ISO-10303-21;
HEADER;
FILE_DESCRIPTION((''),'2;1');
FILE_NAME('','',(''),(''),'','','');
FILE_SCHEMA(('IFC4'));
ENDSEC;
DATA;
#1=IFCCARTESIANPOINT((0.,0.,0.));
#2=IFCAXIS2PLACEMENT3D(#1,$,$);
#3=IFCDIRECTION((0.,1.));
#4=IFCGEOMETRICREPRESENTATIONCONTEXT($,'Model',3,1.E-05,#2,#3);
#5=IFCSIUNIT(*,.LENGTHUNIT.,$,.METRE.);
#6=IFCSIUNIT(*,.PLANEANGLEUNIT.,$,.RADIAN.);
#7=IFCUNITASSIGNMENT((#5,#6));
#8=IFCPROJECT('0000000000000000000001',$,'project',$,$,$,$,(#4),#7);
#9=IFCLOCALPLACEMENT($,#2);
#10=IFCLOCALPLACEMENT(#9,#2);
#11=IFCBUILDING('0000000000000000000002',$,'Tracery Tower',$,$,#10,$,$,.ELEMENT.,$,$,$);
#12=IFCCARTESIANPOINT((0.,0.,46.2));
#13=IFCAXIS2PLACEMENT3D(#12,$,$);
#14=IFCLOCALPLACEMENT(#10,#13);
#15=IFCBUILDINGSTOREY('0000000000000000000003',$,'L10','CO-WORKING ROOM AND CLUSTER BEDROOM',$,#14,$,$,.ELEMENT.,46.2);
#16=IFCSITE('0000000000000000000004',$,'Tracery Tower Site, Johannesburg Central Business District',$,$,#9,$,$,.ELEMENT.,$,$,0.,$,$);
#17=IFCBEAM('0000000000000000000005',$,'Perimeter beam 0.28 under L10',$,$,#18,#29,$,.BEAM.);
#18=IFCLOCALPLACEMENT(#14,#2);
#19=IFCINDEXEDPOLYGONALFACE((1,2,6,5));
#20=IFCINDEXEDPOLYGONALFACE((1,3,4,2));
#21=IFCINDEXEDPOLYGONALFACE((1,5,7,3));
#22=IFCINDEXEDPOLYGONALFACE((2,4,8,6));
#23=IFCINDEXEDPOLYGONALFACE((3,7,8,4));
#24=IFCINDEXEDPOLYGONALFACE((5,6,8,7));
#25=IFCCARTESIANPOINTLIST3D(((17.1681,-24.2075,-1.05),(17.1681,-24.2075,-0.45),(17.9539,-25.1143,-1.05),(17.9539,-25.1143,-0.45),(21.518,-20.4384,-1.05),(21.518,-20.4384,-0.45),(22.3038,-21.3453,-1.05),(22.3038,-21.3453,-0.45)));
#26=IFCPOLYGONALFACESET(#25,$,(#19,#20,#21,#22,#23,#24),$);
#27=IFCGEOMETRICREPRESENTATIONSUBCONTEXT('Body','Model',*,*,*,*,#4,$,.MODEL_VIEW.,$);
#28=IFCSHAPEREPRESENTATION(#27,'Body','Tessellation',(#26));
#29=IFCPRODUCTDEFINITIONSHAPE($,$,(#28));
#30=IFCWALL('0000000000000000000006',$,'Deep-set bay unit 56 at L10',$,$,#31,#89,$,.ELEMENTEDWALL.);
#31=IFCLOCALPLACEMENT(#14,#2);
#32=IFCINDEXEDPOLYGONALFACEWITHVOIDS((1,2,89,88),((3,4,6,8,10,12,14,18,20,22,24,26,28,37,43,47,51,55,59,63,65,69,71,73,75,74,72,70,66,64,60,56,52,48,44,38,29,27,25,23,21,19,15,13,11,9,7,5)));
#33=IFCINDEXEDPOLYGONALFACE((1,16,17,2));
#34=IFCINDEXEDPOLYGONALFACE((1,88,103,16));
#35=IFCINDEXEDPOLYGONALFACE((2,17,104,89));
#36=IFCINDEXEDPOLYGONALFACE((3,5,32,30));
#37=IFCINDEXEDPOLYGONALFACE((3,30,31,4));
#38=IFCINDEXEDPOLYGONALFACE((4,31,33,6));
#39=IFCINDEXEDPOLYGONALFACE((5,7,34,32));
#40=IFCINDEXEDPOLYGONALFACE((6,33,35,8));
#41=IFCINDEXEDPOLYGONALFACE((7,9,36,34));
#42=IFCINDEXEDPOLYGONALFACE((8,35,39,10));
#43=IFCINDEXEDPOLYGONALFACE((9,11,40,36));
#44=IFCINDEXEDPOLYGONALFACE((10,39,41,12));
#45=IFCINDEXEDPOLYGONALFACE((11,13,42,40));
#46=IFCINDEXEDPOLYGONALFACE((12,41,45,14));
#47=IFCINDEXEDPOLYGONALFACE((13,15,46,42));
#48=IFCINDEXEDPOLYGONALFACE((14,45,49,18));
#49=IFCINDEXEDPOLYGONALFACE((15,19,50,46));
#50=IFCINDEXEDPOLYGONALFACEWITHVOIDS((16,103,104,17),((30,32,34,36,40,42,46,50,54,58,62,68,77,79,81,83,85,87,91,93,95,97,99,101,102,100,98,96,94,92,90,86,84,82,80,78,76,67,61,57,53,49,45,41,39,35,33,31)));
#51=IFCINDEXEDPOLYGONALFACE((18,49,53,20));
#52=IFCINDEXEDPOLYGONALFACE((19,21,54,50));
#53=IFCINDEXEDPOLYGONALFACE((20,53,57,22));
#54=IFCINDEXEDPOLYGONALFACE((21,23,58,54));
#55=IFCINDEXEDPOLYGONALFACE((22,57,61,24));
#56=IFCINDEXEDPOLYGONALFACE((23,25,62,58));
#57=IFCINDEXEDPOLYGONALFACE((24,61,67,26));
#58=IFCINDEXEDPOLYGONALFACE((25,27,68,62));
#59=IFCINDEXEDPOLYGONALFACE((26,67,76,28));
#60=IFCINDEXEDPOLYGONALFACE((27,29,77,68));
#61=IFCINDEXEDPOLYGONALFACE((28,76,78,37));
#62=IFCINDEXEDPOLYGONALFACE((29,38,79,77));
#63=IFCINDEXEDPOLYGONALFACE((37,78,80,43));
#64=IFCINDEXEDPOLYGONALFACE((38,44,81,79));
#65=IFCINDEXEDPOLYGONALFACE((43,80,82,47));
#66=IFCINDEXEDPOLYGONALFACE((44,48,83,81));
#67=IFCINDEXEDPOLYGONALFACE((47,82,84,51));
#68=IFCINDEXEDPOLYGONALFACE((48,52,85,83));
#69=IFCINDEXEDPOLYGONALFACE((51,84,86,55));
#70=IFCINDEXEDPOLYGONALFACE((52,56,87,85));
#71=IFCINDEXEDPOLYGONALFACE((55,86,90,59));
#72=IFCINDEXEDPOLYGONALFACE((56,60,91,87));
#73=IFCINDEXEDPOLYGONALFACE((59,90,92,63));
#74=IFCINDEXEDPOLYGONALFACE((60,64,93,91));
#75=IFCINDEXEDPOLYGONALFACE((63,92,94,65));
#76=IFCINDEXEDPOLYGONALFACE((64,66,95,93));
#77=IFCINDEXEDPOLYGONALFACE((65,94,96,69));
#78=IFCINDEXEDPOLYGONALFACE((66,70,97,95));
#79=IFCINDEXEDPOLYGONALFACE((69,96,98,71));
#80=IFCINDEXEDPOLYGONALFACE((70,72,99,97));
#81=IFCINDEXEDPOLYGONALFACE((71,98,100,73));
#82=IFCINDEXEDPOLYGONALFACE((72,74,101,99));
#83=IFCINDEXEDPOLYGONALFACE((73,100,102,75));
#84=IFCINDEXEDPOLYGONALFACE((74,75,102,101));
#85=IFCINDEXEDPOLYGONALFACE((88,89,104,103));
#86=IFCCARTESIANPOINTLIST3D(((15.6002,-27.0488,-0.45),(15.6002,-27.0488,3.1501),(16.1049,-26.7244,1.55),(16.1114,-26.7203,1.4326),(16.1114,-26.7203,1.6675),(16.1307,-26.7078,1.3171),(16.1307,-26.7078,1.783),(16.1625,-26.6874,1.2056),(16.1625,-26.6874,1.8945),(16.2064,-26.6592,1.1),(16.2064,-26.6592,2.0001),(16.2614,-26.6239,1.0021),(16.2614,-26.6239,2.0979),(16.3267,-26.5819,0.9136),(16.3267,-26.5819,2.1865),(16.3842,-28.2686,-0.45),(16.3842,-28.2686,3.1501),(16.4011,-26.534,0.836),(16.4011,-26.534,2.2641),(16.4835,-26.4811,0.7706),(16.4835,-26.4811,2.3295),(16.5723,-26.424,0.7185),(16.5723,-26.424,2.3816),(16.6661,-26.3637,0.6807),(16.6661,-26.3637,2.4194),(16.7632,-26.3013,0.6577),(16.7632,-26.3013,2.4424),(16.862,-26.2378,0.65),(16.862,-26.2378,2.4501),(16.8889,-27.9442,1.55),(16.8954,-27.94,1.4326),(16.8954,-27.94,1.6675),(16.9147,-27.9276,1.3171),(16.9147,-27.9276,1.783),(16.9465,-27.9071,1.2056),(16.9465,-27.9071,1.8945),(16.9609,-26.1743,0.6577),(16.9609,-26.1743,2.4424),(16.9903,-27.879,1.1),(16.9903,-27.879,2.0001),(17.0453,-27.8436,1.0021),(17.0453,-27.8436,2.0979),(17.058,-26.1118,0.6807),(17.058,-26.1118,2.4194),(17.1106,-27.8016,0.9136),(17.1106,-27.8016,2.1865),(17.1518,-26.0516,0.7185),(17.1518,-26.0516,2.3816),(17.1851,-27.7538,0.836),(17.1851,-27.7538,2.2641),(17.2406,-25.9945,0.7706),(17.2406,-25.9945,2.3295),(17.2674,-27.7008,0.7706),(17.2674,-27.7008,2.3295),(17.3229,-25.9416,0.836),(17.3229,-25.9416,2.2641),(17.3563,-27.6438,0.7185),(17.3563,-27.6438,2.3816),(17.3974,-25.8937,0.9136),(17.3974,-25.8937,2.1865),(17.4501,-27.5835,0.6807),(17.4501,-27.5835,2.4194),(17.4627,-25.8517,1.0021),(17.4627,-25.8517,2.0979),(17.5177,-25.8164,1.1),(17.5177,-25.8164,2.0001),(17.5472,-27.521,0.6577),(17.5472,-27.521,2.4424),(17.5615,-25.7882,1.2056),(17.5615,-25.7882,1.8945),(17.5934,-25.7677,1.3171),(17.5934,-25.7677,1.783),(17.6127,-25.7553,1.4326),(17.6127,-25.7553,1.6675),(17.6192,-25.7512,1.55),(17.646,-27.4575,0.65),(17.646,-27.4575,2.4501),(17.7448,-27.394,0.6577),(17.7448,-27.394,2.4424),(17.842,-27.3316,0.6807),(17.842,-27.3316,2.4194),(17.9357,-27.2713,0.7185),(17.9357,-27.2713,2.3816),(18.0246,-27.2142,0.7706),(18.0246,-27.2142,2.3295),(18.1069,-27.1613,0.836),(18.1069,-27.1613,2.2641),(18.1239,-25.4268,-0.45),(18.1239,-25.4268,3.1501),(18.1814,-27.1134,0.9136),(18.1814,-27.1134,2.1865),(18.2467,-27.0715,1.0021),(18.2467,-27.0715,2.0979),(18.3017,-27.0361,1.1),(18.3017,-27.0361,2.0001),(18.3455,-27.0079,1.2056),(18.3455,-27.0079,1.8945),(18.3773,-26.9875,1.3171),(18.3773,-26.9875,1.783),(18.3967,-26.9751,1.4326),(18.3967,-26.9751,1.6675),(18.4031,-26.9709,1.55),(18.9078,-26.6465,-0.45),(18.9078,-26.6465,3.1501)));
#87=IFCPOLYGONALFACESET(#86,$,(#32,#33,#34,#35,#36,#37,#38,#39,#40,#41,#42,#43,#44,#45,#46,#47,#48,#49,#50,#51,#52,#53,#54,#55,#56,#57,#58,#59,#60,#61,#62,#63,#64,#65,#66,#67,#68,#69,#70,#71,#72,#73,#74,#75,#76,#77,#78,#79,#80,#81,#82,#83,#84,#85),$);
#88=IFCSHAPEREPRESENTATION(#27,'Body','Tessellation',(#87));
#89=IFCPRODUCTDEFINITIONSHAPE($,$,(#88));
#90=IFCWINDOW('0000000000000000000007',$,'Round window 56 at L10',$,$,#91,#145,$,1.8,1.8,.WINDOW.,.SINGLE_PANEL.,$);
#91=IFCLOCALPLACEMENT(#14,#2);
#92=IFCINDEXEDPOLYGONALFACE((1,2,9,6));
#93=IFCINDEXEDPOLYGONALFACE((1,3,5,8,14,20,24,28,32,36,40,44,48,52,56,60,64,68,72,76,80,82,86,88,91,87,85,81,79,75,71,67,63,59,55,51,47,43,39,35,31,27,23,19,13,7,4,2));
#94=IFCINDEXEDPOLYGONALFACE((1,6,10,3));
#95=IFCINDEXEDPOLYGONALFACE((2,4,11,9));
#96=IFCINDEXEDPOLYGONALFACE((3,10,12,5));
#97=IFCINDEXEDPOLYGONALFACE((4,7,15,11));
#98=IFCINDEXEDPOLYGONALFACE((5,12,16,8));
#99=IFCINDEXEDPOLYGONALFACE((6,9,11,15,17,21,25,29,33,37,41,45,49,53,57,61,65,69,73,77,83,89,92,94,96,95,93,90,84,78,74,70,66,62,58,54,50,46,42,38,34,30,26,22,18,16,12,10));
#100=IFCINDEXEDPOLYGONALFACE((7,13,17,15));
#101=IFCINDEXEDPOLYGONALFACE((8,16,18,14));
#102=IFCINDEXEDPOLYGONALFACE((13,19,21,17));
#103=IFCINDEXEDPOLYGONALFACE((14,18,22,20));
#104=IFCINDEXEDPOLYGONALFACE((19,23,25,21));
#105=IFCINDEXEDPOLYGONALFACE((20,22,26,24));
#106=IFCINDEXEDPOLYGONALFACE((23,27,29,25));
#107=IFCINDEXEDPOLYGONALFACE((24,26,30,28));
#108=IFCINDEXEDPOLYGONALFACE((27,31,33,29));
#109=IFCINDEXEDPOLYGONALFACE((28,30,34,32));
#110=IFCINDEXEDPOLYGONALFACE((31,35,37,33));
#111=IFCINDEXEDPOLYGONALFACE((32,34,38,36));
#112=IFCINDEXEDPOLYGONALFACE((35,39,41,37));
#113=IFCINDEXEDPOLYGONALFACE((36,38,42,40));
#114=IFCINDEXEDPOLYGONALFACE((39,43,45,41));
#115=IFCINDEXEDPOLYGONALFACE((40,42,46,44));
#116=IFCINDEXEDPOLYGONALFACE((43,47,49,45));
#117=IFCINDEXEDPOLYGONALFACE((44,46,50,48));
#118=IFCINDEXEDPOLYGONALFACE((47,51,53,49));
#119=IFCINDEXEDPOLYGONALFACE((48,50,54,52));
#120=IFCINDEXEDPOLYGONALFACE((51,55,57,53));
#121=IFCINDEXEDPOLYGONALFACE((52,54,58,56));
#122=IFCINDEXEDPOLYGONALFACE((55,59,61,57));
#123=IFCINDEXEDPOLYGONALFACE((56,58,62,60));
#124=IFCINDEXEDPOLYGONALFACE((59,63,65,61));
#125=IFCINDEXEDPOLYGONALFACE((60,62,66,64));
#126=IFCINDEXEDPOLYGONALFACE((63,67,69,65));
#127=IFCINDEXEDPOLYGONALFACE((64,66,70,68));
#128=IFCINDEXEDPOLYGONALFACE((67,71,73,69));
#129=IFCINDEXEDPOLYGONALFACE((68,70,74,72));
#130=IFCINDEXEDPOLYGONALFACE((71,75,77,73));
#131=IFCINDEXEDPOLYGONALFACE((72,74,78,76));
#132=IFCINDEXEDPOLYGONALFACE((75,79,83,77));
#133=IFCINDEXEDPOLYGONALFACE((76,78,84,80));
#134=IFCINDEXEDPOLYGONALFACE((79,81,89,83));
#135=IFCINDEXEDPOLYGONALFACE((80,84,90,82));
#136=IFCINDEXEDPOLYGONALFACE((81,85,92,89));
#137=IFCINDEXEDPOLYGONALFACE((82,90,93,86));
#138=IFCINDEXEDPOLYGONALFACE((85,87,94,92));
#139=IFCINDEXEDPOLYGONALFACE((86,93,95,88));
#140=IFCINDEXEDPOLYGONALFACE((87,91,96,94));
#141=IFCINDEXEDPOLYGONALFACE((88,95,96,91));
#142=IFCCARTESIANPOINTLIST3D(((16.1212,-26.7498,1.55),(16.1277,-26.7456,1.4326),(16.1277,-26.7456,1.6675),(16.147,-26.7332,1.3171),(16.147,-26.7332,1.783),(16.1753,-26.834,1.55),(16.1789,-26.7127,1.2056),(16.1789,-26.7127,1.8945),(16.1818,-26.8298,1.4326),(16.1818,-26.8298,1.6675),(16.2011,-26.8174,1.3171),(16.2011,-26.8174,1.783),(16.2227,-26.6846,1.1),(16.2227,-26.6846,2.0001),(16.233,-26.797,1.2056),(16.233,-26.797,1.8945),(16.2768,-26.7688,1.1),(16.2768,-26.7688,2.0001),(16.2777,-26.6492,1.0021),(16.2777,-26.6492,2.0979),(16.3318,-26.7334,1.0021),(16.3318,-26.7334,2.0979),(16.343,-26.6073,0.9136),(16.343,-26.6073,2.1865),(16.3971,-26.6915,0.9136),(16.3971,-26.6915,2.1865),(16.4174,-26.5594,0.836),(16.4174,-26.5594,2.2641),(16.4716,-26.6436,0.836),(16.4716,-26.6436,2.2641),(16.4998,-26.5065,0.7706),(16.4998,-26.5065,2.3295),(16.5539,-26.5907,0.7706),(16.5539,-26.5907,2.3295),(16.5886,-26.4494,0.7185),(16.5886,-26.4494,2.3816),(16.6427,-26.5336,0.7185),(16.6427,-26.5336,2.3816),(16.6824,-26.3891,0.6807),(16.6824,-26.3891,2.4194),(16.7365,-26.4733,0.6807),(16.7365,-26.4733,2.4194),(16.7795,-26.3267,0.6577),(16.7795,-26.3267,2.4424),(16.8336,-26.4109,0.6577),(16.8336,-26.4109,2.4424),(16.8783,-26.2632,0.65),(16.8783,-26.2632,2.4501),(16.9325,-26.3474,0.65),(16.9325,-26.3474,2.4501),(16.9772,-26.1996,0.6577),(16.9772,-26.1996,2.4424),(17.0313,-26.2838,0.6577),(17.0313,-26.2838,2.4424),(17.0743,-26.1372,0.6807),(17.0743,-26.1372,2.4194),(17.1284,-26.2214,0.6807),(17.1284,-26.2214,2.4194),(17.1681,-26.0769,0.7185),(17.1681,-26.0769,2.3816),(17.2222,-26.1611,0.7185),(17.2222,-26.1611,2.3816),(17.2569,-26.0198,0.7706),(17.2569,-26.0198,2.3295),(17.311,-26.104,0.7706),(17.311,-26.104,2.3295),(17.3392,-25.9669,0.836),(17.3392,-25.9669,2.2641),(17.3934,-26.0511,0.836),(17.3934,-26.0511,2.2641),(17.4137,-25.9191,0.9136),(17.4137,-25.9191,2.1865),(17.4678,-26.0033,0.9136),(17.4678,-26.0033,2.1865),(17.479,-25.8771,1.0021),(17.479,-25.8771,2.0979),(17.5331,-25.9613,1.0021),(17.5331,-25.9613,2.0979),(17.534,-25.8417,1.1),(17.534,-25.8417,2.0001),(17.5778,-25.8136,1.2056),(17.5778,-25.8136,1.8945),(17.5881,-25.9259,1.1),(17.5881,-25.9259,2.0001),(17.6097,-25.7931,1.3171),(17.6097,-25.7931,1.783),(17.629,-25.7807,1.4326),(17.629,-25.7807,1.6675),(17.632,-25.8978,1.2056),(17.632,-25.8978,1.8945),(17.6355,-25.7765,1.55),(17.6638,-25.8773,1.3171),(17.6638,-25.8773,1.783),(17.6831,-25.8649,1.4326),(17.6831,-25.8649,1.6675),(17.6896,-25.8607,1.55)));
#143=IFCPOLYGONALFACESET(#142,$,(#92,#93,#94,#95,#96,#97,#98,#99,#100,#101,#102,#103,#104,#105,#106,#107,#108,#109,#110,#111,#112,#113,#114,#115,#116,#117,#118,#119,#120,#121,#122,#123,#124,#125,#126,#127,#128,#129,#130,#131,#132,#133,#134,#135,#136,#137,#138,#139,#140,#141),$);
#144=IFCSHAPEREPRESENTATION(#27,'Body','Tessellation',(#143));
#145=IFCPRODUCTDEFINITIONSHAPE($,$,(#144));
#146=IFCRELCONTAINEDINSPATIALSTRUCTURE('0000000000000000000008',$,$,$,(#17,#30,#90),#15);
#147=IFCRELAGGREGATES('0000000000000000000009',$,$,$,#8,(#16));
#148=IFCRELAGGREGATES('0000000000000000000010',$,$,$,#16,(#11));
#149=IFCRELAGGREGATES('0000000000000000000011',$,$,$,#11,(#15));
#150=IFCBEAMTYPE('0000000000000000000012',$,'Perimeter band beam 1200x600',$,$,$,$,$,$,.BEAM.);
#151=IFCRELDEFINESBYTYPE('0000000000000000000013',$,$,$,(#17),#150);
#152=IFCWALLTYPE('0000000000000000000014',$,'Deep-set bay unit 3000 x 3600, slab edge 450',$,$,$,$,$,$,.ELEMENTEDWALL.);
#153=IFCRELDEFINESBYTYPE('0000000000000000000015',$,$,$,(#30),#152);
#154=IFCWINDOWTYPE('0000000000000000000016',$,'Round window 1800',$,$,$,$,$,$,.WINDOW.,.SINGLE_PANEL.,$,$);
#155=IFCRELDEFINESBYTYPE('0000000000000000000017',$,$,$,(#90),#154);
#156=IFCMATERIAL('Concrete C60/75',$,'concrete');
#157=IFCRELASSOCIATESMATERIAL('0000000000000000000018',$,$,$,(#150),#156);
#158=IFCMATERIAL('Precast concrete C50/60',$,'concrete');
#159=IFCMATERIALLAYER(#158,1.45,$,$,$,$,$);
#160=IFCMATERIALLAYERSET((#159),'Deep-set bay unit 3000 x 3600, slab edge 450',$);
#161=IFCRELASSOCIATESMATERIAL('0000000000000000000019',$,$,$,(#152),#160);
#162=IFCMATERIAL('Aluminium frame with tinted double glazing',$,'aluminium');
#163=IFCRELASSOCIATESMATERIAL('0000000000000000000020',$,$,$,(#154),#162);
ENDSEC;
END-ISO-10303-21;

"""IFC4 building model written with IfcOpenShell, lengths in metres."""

from ifc_helpers import new_model, si_unit, direction, frame, frame_2d, origin, origin_2d, place, context, subcontext, project, spatial, rectangle, circle, extrude, material, layer, layer_set, material_profile, profile_set, type_object, element, fill, save


model = new_model("IFC4")

# Units and contexts
model_context = context("Model", 3, precision=1e-05, world=origin(), true_north=direction((0.0, 1.0)))
body_context = subcontext(model_context, "Body", "Model", "MODEL_VIEW")
ifc_project = project(units=[si_unit("LENGTHUNIT", "METRE"), si_unit("PLANEANGLEUNIT", "RADIAN")], contexts=[model_context])

# Site, building, storey
site_placement = place(None, origin())
site = spatial("IfcSite", under=ifc_project, at=site_placement, Name="Tracery Tower Site, Johannesburg Central Business District", CompositionType="ELEMENT", RefElevation=0.0)
building_placement = place(site_placement, origin())
building = spatial("IfcBuilding", under=site, at=building_placement, Name="Tracery Tower", CompositionType="ELEMENT")
storey_placement = place(building_placement, frame((0.0, 0.0, 46.2)))
storey = spatial("IfcBuildingStorey", under=building, at=storey_placement, Name="L10", Description="CO-WORKING ROOM AND CLUSTER BEDROOM", CompositionType="ELEMENT", Elevation=46.2)

# Beam
ifc_material_1 = material(Name="Concrete C60/75", Category="concrete")
ifc_material_profile_1 = material_profile(ifc_material_1, rectangle(XDim=1.2, YDim=0.6001, at=origin_2d()), Name="RC 1200x600")
ifc_profile_set_1 = profile_set([ifc_material_profile_1], Name="Concrete C60/75")
beam_type_1 = type_object("IfcBeamType", Name="Perimeter band beam 1200x600", PredefinedType="BEAM", material=ifc_profile_set_1)
beam_1_placement = place(storey_placement, frame((17.561, -24.6609, -0.75), z_axis=(0.75576, 0.654848, 0.0), x_axis=(-0.654848, 0.75576, 0.0)))
element("IfcBeam", 1, at=beam_1_placement, inside=storey, type_object=beam_type_1, Name="Perimeter beam 0.28 under L10", PredefinedType="BEAM", context=body_context, shape_type="SweptSolid", body=[
    extrude(rectangle(XDim=1.2, YDim=0.6001, at=origin_2d()), origin(), (0.0, 0.0, 1.0), 5.7556),
])

# Wall, opening, window
ifc_material_2 = material(Name="Precast concrete C50/60", Category="concrete")
ifc_layer_1 = layer(ifc_material_2, 1.45)
ifc_layer_set_1 = layer_set([ifc_layer_1], Name="Deep-set bay unit 3000 x 3600, slab edge 450")
wall_type_1 = type_object("IfcWallType", Name="Deep-set bay unit 3000 x 3600, slab edge 450", PredefinedType="ELEMENTEDWALL", material=ifc_layer_set_1)
wall_1_placement = place(storey_placement, frame((15.9922, -27.6587, -0.45), z_axis=(0.0, 0.0, 1.0), x_axis=(0.841223, 0.540688, 0.0)))
wall_1 = element("IfcWall", 2, at=wall_1_placement, inside=storey, type_object=wall_type_1, Name="Deep-set bay unit 56 at L10", PredefinedType="ELEMENTEDWALL", context=body_context, shape_type="SweptSolid", body=[
    extrude(rectangle(XDim=3.0, YDim=1.45, at=frame_2d((1.5, 0.0))), origin(), (0.0, 0.0, 1.0), 3.6001),
])
opening_1_placement = place(wall_1_placement, frame((1.5, 0.0, 2.0)))
opening_1 = element("IfcOpeningElement", 3, at=opening_1_placement, cuts=wall_1, PredefinedType="OPENING", context=body_context, shape_type="SweptSolid", body=[
    extrude(circle(Radius=0.9, at=origin_2d()), frame((0.0, 0.7349, 0.0), z_axis=(0.0, -1.0, 0.0), x_axis=(1.0, 0.0, 0.0)), (0.0, 0.0, 1.0), 1.47),
])
ifc_material_3 = material(Name="Aluminium frame with tinted double glazing", Category="aluminium")
window_type = type_object("IfcWindowType", Name="Round window 1800", PartitioningType="SINGLE_PANEL", PredefinedType="WINDOW", material=ifc_material_3)
window_1_placement = place(opening_1_placement, origin())
window_1 = element("IfcWindow", 4, at=window_1_placement, inside=storey, type_object=window_type, Name="Round window 56 at L10", OverallHeight=1.8, OverallWidth=1.8, PartitioningType="SINGLE_PANEL", PredefinedType="WINDOW", context=body_context, shape_type="SweptSolid", body=[
    extrude(circle(Radius=0.9, at=origin_2d()), frame((0.0, 0.6948, 0.0), z_axis=(0.0, -1.0, 0.0), x_axis=(1.0, 0.0, 0.0)), (0.0, 0.0, 1.0), 0.1001),
])
fill(opening_1, window_1)

save(model, "model.ifc")
